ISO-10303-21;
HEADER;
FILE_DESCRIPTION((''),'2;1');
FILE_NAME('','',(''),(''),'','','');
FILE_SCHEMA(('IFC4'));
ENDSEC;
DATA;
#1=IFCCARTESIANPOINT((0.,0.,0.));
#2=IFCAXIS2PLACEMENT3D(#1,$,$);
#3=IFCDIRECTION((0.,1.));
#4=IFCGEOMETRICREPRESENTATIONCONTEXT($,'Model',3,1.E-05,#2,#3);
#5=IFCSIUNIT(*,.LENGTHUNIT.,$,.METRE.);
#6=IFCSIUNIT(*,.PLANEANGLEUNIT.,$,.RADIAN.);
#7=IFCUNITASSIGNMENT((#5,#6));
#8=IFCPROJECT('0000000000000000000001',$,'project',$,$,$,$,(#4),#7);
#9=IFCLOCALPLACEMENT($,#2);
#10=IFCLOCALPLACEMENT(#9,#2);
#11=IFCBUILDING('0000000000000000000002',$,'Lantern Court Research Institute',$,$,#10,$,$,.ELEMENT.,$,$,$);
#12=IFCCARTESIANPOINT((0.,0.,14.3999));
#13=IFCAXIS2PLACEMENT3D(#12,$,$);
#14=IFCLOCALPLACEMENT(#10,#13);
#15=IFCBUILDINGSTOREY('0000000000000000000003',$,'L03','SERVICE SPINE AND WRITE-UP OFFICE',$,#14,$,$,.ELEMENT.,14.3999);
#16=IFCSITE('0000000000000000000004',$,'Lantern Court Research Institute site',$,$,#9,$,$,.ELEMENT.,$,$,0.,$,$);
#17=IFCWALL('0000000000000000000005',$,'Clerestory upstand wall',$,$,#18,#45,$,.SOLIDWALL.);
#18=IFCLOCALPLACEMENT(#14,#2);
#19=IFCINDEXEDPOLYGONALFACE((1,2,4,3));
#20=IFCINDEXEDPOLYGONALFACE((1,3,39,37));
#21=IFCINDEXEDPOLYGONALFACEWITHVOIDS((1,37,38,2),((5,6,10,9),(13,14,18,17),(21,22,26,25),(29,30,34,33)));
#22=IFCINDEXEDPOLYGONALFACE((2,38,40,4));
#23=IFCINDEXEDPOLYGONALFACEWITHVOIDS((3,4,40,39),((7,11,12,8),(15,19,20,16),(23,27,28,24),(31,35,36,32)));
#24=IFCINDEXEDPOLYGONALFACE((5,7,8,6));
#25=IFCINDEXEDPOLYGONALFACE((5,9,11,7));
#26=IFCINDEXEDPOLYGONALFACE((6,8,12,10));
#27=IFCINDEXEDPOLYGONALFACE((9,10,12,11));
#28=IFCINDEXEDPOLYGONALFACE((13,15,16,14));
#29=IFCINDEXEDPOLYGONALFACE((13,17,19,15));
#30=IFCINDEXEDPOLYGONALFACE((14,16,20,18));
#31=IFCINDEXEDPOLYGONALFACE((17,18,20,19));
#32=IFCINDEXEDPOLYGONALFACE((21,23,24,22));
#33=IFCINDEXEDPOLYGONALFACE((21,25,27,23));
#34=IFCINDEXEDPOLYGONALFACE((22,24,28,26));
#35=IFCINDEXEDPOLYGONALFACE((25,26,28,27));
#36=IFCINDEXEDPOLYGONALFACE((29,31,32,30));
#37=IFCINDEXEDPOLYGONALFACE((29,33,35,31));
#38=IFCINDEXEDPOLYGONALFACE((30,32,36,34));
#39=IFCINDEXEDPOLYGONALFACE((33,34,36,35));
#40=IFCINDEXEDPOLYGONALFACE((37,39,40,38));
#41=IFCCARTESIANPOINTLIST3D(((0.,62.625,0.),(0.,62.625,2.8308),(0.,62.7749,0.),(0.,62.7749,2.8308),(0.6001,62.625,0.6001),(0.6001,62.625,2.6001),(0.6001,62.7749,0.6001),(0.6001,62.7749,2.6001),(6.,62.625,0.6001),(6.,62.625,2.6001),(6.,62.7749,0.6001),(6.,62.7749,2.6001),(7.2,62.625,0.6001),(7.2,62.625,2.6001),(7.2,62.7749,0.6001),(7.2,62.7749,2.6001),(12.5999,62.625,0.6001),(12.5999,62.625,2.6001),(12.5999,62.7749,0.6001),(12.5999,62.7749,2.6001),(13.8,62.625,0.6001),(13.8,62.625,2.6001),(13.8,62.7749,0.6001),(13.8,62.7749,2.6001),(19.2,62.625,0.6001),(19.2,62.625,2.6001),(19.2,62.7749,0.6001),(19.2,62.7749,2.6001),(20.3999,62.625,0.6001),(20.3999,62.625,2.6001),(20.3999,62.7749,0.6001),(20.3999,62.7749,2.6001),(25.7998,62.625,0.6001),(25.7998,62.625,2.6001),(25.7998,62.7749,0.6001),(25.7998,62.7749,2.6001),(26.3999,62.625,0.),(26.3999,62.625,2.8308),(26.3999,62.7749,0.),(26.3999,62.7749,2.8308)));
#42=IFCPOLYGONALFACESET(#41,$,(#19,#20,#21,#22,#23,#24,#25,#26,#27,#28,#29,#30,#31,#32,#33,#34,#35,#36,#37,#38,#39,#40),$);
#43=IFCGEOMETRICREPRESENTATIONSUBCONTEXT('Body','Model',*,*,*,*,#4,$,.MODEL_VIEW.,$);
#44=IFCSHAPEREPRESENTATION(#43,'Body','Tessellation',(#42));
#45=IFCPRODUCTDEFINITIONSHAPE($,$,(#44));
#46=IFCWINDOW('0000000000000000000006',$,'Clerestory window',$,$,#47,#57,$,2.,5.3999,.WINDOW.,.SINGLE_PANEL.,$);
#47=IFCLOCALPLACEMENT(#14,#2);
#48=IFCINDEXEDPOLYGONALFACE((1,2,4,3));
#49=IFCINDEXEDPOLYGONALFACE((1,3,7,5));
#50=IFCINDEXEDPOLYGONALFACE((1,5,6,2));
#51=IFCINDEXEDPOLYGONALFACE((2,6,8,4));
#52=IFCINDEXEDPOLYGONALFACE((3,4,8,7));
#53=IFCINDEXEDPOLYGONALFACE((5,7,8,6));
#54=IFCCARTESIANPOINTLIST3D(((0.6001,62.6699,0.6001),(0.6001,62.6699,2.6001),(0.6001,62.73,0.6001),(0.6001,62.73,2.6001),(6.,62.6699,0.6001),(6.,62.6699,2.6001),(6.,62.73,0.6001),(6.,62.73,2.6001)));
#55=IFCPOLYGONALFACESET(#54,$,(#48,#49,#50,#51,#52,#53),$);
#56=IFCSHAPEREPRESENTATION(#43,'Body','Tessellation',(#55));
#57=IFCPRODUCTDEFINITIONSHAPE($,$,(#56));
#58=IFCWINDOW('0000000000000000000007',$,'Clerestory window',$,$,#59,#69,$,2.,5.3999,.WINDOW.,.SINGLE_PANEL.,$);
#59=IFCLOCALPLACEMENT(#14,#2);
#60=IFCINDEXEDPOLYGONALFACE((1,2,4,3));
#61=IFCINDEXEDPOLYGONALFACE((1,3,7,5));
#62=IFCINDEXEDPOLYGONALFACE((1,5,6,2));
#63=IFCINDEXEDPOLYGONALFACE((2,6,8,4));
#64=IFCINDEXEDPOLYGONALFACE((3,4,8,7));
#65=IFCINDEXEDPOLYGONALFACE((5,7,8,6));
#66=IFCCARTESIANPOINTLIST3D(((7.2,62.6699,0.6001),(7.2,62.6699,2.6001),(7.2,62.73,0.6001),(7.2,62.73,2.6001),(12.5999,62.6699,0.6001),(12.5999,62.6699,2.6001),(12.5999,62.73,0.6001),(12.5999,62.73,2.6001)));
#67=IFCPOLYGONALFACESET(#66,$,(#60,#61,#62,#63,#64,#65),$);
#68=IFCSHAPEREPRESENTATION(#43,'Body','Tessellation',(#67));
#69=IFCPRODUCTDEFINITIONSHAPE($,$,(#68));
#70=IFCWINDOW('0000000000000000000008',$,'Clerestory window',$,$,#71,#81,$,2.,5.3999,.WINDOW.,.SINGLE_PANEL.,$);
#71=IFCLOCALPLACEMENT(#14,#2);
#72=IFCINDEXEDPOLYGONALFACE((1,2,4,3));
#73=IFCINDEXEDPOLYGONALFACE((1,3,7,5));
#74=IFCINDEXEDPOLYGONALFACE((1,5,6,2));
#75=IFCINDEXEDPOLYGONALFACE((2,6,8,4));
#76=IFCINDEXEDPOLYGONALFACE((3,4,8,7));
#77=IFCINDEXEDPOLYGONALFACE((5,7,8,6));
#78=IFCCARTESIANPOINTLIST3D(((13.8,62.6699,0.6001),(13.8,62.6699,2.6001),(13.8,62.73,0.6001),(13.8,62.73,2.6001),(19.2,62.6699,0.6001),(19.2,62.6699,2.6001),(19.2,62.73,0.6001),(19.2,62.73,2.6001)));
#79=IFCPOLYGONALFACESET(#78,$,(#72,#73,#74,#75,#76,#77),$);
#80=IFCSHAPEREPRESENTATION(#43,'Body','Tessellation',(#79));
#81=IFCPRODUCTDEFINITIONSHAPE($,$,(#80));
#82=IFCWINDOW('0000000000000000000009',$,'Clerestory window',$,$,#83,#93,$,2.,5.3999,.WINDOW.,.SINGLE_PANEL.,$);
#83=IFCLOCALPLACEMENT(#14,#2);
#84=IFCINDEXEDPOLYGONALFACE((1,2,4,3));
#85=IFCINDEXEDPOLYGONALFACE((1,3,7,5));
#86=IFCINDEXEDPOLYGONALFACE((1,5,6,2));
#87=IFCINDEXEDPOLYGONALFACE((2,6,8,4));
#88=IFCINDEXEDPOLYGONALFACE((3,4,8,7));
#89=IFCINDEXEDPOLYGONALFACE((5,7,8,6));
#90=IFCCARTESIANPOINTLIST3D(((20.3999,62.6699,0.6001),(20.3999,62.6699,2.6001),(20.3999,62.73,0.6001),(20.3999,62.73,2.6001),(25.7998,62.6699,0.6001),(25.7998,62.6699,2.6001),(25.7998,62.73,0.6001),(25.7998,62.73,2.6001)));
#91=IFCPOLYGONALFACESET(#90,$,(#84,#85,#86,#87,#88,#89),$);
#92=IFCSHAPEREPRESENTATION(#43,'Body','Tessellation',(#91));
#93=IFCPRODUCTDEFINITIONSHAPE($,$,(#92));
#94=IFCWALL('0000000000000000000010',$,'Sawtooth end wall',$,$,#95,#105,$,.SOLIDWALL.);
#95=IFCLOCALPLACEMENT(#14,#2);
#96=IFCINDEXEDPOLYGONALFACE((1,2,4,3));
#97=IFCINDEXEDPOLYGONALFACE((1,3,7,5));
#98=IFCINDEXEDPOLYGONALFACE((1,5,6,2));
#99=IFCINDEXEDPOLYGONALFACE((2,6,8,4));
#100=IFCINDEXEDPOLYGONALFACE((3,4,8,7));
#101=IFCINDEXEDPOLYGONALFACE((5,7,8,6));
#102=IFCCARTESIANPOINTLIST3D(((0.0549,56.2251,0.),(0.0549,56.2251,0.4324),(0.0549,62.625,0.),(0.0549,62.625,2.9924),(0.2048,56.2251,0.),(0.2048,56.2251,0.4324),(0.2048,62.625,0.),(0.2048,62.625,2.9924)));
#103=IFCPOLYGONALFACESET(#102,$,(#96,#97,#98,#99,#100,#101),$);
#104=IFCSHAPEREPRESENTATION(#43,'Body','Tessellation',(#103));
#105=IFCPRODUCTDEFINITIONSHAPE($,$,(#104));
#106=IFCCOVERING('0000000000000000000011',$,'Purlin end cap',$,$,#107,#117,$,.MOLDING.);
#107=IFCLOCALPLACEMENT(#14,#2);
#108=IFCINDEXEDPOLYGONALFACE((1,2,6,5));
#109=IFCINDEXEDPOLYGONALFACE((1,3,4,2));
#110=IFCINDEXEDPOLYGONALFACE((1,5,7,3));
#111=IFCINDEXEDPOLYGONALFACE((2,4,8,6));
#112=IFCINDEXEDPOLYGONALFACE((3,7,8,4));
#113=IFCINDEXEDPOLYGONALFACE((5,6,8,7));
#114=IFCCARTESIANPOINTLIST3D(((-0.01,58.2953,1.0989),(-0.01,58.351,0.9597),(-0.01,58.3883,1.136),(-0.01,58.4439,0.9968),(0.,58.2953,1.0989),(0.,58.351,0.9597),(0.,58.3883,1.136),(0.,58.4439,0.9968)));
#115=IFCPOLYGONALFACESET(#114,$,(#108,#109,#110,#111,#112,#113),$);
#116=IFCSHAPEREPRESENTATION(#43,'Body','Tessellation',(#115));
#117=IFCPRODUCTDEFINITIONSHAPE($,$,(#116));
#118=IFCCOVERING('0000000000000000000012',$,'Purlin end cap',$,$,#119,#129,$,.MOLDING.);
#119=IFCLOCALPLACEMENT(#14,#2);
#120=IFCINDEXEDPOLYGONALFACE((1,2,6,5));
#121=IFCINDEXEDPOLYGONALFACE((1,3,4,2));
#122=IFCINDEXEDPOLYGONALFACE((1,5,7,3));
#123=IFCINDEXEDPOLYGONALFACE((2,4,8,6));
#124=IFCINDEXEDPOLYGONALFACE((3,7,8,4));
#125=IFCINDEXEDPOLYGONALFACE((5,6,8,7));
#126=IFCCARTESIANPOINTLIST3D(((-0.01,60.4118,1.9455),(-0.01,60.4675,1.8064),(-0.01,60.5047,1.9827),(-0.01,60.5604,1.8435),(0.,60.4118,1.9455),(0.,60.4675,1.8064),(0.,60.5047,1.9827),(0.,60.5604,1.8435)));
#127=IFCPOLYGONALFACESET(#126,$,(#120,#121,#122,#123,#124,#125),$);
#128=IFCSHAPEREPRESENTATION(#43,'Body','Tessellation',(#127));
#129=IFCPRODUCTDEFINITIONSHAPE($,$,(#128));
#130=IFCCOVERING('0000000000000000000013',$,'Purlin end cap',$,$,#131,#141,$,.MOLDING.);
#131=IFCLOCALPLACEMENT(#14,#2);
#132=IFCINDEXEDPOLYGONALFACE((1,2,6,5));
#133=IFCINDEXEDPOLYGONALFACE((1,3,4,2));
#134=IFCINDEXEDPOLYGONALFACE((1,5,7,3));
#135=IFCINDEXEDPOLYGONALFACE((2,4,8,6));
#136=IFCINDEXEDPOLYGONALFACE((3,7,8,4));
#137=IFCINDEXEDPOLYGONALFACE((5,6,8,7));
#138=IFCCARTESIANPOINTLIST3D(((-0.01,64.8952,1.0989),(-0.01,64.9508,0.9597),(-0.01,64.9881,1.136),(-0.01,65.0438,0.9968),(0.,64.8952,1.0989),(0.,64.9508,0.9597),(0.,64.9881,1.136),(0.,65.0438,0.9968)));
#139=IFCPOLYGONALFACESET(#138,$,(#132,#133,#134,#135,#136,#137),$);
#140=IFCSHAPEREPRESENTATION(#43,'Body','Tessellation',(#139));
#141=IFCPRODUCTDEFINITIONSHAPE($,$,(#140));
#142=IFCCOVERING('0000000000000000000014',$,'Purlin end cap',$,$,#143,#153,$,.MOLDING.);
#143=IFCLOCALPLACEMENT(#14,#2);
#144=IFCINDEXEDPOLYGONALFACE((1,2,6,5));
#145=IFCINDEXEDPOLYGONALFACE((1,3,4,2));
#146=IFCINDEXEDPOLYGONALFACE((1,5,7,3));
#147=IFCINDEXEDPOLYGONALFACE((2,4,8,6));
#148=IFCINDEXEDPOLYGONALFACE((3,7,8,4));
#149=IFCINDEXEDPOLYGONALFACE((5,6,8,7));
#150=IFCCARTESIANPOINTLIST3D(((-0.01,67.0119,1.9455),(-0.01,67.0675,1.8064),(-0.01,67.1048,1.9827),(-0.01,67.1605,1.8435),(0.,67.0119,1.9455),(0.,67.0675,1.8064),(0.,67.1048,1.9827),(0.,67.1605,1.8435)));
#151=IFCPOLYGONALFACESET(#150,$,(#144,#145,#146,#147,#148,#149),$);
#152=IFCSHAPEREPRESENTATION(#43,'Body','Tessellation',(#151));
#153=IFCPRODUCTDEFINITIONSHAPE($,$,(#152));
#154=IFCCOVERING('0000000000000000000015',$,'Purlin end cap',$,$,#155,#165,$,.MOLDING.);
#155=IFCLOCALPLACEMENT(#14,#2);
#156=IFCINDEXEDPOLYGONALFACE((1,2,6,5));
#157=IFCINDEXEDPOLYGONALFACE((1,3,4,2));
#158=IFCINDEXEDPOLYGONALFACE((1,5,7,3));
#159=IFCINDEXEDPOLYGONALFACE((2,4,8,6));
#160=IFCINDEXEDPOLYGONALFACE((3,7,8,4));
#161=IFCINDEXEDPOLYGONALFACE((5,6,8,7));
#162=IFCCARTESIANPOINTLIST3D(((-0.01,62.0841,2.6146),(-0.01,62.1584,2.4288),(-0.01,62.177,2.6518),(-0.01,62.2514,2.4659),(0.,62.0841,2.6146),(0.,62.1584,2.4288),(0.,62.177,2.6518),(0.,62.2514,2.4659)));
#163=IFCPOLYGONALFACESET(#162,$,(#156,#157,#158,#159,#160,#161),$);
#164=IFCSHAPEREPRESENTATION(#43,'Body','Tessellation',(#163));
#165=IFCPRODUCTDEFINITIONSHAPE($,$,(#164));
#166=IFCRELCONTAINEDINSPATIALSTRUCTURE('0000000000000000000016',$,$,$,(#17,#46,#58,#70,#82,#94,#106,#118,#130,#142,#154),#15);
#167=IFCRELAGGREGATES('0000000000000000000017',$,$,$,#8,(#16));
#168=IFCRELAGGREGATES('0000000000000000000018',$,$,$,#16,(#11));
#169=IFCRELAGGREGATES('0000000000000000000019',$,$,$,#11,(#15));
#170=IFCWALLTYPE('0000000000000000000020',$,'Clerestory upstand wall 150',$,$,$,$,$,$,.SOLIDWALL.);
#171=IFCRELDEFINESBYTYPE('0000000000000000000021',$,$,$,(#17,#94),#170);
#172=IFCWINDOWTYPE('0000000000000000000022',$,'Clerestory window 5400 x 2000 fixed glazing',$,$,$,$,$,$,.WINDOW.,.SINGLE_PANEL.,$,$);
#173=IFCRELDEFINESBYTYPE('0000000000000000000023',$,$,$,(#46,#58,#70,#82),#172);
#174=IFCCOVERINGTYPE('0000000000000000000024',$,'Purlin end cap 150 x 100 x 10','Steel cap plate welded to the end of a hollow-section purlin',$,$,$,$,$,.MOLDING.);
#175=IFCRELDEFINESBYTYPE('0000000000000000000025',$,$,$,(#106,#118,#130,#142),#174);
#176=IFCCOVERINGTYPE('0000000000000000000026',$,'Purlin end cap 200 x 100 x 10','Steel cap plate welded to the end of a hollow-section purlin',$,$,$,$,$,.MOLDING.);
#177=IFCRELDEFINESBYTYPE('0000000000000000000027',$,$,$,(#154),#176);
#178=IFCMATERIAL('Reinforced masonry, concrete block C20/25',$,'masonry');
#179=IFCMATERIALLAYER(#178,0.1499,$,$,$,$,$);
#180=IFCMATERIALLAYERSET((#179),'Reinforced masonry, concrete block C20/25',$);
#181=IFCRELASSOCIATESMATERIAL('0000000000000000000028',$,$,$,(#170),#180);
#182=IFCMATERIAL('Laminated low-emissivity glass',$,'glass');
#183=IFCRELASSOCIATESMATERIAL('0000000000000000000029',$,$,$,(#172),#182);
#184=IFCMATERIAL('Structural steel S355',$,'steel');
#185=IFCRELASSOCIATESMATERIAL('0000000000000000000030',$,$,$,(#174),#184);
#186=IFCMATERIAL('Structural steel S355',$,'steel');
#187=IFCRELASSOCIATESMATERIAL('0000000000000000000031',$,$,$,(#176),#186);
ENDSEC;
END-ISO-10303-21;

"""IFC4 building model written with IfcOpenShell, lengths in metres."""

from ifc_helpers import new_model, si_unit, direction, frame, frame_2d, origin, place, context, subcontext, project, spatial, polyline, rectangle, outline, extrude, material, layer, layer_set, material_profile, profile_set, type_object, element, fill, save


model = new_model("IFC4")

# Units and contexts
model_context = context("Model", 3, precision=1e-05, world=origin(), true_north=direction((0.0, 1.0)))
body_context = subcontext(model_context, "Body", "Model", "MODEL_VIEW")
ifc_project = project(units=[si_unit("LENGTHUNIT", "METRE"), si_unit("PLANEANGLEUNIT", "RADIAN")], contexts=[model_context])

# Site, building, storey
site_placement = place(None, origin())
site = spatial("IfcSite", under=ifc_project, at=site_placement, Name="Lantern Court Research Institute site", CompositionType="ELEMENT", RefElevation=0.0)
building_placement = place(site_placement, origin())
building = spatial("IfcBuilding", under=site, at=building_placement, Name="Lantern Court Research Institute", CompositionType="ELEMENT")
storey_placement = place(building_placement, frame((0.0, 0.0, 14.3999)))
storey = spatial("IfcBuildingStorey", under=building, at=storey_placement, Name="L03", Description="SERVICE SPINE AND WRITE-UP OFFICE", CompositionType="ELEMENT", Elevation=14.3999)

# Wall, openings, windows
ifc_material_1 = material(Name="Reinforced masonry, concrete block C20/25", Category="masonry")
ifc_layer_1 = layer(ifc_material_1, 0.1499)
ifc_layer_set_1 = layer_set([ifc_layer_1], Name="Reinforced masonry, concrete block C20/25")
wall_type = type_object("IfcWallType", Name="Clerestory upstand wall 150", PredefinedType="SOLIDWALL", material=ifc_layer_set_1)
ifc_material_2 = material(Name="Laminated low-emissivity glass", Category="glass")
window_type = type_object("IfcWindowType", Name="Clerestory window 5400 x 2000 fixed glazing", PartitioningType="SINGLE_PANEL", PredefinedType="WINDOW", material=ifc_material_2)
wall_1_placement = place(storey_placement, frame((0.0, 62.7, 0.0), z_axis=(0.0, 0.0, 1.0), x_axis=(1.0, 0.0, 0.0)))
wall_1 = element("IfcWall", 1, at=wall_1_placement, inside=storey, type_object=wall_type, Name="Clerestory upstand wall", PredefinedType="SOLIDWALL", context=body_context, shape_type="SweptSolid", body=[
    extrude(rectangle(XDim=26.3999, YDim=0.1499, at=frame_2d((13.2, 0.0))), origin(), (0.0, 0.0, 1.0), 2.8308),
])
opening_1_placement = place(wall_1_placement, frame((0.6001, 0.0, 0.6001)))
opening_1 = element("IfcOpeningElement", 2, at=opening_1_placement, cuts=wall_1, PredefinedType="OPENING", context=body_context, shape_type="SweptSolid", body=[
    extrude(rectangle(XDim=5.3999, YDim=2.0, at=frame_2d((2.7, 1.0))), frame((0.0, 0.085, 0.0), z_axis=(0.0, -1.0, 0.0), x_axis=(1.0, 0.0, 0.0)), (0.0, 0.0, 1.0), 0.1699),
])
opening_2_placement = place(wall_1_placement, frame((7.2, 0.0, 0.6001)))
opening_2 = element("IfcOpeningElement", 3, at=opening_2_placement, cuts=wall_1, PredefinedType="OPENING", context=body_context, shape_type="SweptSolid", body=[
    extrude(rectangle(XDim=5.3999, YDim=2.0, at=frame_2d((2.7, 1.0))), frame((0.0, 0.085, 0.0), z_axis=(0.0, -1.0, 0.0), x_axis=(1.0, 0.0, 0.0)), (0.0, 0.0, 1.0), 0.1699),
])
opening_3_placement = place(wall_1_placement, frame((13.8, 0.0, 0.6001)))
opening_3 = element("IfcOpeningElement", 4, at=opening_3_placement, cuts=wall_1, PredefinedType="OPENING", context=body_context, shape_type="SweptSolid", body=[
    extrude(rectangle(XDim=5.3999, YDim=2.0, at=frame_2d((2.7, 1.0))), frame((0.0, 0.085, 0.0), z_axis=(0.0, -1.0, 0.0), x_axis=(1.0, 0.0, 0.0)), (0.0, 0.0, 1.0), 0.1699),
])
opening_4_placement = place(wall_1_placement, frame((20.3999, 0.0, 0.6001)))
opening_4 = element("IfcOpeningElement", 5, at=opening_4_placement, cuts=wall_1, PredefinedType="OPENING", context=body_context, shape_type="SweptSolid", body=[
    extrude(rectangle(XDim=5.3999, YDim=2.0, at=frame_2d((2.7, 1.0))), frame((0.0, 0.085, 0.0), z_axis=(0.0, -1.0, 0.0), x_axis=(1.0, 0.0, 0.0)), (0.0, 0.0, 1.0), 0.1699),
])
window_1_placement = place(opening_1_placement, origin())
window_1 = element("IfcWindow", 6, at=window_1_placement, inside=storey, type_object=window_type, Name="Clerestory window", OverallHeight=2.0, OverallWidth=5.3999, PartitioningType="SINGLE_PANEL", PredefinedType="WINDOW", context=body_context, shape_type="SweptSolid", body=[
    extrude(rectangle(XDim=5.3999, YDim=2.0, at=frame_2d((2.7, 1.0))), frame((0.0, 0.03, 0.0), z_axis=(0.0, -1.0, 0.0), x_axis=(1.0, 0.0, 0.0)), (0.0, 0.0, 1.0), 0.0601),
])
fill(opening_1, window_1)
window_2_placement = place(opening_2_placement, origin())
window_2 = element("IfcWindow", 7, at=window_2_placement, inside=storey, type_object=window_type, Name="Clerestory window", OverallHeight=2.0, OverallWidth=5.3999, PartitioningType="SINGLE_PANEL", PredefinedType="WINDOW", context=body_context, shape_type="SweptSolid", body=[
    extrude(rectangle(XDim=5.3999, YDim=2.0, at=frame_2d((2.7, 1.0))), frame((0.0, 0.03, 0.0), z_axis=(0.0, -1.0, 0.0), x_axis=(1.0, 0.0, 0.0)), (0.0, 0.0, 1.0), 0.0601),
])
fill(opening_2, window_2)
window_3_placement = place(opening_3_placement, origin())
window_3 = element("IfcWindow", 8, at=window_3_placement, inside=storey, type_object=window_type, Name="Clerestory window", OverallHeight=2.0, OverallWidth=5.3999, PartitioningType="SINGLE_PANEL", PredefinedType="WINDOW", context=body_context, shape_type="SweptSolid", body=[
    extrude(rectangle(XDim=5.3999, YDim=2.0, at=frame_2d((2.7, 1.0))), frame((0.0, 0.03, 0.0), z_axis=(0.0, -1.0, 0.0), x_axis=(1.0, 0.0, 0.0)), (0.0, 0.0, 1.0), 0.0601),
])
fill(opening_3, window_3)
window_4_placement = place(opening_4_placement, origin())
window_4 = element("IfcWindow", 9, at=window_4_placement, inside=storey, type_object=window_type, Name="Clerestory window", OverallHeight=2.0, OverallWidth=5.3999, PartitioningType="SINGLE_PANEL", PredefinedType="WINDOW", context=body_context, shape_type="SweptSolid", body=[
    extrude(rectangle(XDim=5.3999, YDim=2.0, at=frame_2d((2.7, 1.0))), frame((0.0, 0.03, 0.0), z_axis=(0.0, -1.0, 0.0), x_axis=(1.0, 0.0, 0.0)), (0.0, 0.0, 1.0), 0.0601),
])
fill(opening_4, window_4)

# Wall
wall_2_placement = place(storey_placement, frame((0.1299, 56.2251, 0.0), z_axis=(0.0, 0.0, 1.0), x_axis=(0.0, 1.0, 0.0)))
element("IfcWall", 10, at=wall_2_placement, inside=storey, type_object=wall_type, Name="Sawtooth end wall", PredefinedType="SOLIDWALL", context=body_context, shape_type="SweptSolid", body=[
    extrude(outline(polyline([(0.0, 0.0), (6.3999, 0.0), (6.3999, 2.9924), (0.0, 0.4324), (0.0, 0.0)])), frame((0.0, 0.075, 0.0), z_axis=(0.0, -1.0, 0.0), x_axis=(1.0, 0.0, 0.0)), (0.0, 0.0, 1.0), 0.1499),
])

# Coverings
ifc_material_3 = material(Name="Structural steel S355", Category="steel")
ifc_material_profile_1 = material_profile(ifc_material_3, outline(polyline([(-0.05, -0.075), (0.05, -0.075), (0.05, 0.075), (-0.05, 0.075), (-0.05, -0.075)])), Name="Purlin end cap 150 x 100 x 10")
ifc_profile_set_1 = profile_set([ifc_material_profile_1], Name="Structural steel S355")
covering_type_1 = type_object("IfcCoveringType", Name="Purlin end cap 150 x 100 x 10", Description="Steel cap plate welded to the end of a hollow-section purlin", PredefinedType="MOLDING", material=ifc_profile_set_1)
for number, where, z_axis, x_axis, name in (
    (11, (0.0, 58.3696, 1.0479), (-1.0, 0.0, 0.0), (0.0, -0.928477, -0.371391), "Purlin end cap"),
    (12, (0.0, 60.4861, 1.8945), (-1.0, 0.0, 0.0), (0.0, -0.928477, -0.371391), "Purlin end cap"),
    (13, (0.0, 64.9695, 1.0479), (-1.0, 0.0, 0.0), (0.0, -0.928477, -0.371391), "Purlin end cap"),
    (14, (0.0, 67.0862, 1.8945), (-1.0, 0.0, 0.0), (0.0, -0.928477, -0.371391), "Purlin end cap"),
):
    element("IfcCovering", number, at=place(storey_placement, frame(where, z_axis=z_axis, x_axis=x_axis)), inside=storey, type_object=covering_type_1, Name=name, PredefinedType="MOLDING", context=body_context, shape_type="SweptSolid", body=[
        extrude(outline(polyline([(-0.05, -0.075), (0.05, -0.075), (0.05, 0.075), (-0.05, 0.075), (-0.05, -0.075)])), origin(), (0.0, 0.0, 1.0), 0.01),
    ])
ifc_material_4 = material(Name="Structural steel S355", Category="steel")
ifc_material_profile_2 = material_profile(ifc_material_4, outline(polyline([(-0.05, -0.1001), (0.05, -0.1001), (0.05, 0.1001), (-0.05, 0.1001), (-0.05, -0.1001)])), Name="Purlin end cap 200 x 100 x 10")
ifc_profile_set_2 = profile_set([ifc_material_profile_2], Name="Structural steel S355")
covering_type_2 = type_object("IfcCoveringType", Name="Purlin end cap 200 x 100 x 10", Description="Steel cap plate welded to the end of a hollow-section purlin", PredefinedType="MOLDING", material=ifc_profile_set_2)
covering_placement = place(storey_placement, frame((0.0, 62.1677, 2.5403), z_axis=(-1.0, 0.0, 0.0), x_axis=(0.0, -0.928477, -0.371391)))
element("IfcCovering", 15, at=covering_placement, inside=storey, type_object=covering_type_2, Name="Purlin end cap", PredefinedType="MOLDING", context=body_context, shape_type="SweptSolid", body=[
    extrude(outline(polyline([(-0.05, -0.1001), (0.05, -0.1001), (0.05, 0.1001), (-0.05, 0.1001), (-0.05, -0.1001)])), origin(), (0.0, 0.0, 1.0), 0.01),
])

save(model, "model.ifc")
